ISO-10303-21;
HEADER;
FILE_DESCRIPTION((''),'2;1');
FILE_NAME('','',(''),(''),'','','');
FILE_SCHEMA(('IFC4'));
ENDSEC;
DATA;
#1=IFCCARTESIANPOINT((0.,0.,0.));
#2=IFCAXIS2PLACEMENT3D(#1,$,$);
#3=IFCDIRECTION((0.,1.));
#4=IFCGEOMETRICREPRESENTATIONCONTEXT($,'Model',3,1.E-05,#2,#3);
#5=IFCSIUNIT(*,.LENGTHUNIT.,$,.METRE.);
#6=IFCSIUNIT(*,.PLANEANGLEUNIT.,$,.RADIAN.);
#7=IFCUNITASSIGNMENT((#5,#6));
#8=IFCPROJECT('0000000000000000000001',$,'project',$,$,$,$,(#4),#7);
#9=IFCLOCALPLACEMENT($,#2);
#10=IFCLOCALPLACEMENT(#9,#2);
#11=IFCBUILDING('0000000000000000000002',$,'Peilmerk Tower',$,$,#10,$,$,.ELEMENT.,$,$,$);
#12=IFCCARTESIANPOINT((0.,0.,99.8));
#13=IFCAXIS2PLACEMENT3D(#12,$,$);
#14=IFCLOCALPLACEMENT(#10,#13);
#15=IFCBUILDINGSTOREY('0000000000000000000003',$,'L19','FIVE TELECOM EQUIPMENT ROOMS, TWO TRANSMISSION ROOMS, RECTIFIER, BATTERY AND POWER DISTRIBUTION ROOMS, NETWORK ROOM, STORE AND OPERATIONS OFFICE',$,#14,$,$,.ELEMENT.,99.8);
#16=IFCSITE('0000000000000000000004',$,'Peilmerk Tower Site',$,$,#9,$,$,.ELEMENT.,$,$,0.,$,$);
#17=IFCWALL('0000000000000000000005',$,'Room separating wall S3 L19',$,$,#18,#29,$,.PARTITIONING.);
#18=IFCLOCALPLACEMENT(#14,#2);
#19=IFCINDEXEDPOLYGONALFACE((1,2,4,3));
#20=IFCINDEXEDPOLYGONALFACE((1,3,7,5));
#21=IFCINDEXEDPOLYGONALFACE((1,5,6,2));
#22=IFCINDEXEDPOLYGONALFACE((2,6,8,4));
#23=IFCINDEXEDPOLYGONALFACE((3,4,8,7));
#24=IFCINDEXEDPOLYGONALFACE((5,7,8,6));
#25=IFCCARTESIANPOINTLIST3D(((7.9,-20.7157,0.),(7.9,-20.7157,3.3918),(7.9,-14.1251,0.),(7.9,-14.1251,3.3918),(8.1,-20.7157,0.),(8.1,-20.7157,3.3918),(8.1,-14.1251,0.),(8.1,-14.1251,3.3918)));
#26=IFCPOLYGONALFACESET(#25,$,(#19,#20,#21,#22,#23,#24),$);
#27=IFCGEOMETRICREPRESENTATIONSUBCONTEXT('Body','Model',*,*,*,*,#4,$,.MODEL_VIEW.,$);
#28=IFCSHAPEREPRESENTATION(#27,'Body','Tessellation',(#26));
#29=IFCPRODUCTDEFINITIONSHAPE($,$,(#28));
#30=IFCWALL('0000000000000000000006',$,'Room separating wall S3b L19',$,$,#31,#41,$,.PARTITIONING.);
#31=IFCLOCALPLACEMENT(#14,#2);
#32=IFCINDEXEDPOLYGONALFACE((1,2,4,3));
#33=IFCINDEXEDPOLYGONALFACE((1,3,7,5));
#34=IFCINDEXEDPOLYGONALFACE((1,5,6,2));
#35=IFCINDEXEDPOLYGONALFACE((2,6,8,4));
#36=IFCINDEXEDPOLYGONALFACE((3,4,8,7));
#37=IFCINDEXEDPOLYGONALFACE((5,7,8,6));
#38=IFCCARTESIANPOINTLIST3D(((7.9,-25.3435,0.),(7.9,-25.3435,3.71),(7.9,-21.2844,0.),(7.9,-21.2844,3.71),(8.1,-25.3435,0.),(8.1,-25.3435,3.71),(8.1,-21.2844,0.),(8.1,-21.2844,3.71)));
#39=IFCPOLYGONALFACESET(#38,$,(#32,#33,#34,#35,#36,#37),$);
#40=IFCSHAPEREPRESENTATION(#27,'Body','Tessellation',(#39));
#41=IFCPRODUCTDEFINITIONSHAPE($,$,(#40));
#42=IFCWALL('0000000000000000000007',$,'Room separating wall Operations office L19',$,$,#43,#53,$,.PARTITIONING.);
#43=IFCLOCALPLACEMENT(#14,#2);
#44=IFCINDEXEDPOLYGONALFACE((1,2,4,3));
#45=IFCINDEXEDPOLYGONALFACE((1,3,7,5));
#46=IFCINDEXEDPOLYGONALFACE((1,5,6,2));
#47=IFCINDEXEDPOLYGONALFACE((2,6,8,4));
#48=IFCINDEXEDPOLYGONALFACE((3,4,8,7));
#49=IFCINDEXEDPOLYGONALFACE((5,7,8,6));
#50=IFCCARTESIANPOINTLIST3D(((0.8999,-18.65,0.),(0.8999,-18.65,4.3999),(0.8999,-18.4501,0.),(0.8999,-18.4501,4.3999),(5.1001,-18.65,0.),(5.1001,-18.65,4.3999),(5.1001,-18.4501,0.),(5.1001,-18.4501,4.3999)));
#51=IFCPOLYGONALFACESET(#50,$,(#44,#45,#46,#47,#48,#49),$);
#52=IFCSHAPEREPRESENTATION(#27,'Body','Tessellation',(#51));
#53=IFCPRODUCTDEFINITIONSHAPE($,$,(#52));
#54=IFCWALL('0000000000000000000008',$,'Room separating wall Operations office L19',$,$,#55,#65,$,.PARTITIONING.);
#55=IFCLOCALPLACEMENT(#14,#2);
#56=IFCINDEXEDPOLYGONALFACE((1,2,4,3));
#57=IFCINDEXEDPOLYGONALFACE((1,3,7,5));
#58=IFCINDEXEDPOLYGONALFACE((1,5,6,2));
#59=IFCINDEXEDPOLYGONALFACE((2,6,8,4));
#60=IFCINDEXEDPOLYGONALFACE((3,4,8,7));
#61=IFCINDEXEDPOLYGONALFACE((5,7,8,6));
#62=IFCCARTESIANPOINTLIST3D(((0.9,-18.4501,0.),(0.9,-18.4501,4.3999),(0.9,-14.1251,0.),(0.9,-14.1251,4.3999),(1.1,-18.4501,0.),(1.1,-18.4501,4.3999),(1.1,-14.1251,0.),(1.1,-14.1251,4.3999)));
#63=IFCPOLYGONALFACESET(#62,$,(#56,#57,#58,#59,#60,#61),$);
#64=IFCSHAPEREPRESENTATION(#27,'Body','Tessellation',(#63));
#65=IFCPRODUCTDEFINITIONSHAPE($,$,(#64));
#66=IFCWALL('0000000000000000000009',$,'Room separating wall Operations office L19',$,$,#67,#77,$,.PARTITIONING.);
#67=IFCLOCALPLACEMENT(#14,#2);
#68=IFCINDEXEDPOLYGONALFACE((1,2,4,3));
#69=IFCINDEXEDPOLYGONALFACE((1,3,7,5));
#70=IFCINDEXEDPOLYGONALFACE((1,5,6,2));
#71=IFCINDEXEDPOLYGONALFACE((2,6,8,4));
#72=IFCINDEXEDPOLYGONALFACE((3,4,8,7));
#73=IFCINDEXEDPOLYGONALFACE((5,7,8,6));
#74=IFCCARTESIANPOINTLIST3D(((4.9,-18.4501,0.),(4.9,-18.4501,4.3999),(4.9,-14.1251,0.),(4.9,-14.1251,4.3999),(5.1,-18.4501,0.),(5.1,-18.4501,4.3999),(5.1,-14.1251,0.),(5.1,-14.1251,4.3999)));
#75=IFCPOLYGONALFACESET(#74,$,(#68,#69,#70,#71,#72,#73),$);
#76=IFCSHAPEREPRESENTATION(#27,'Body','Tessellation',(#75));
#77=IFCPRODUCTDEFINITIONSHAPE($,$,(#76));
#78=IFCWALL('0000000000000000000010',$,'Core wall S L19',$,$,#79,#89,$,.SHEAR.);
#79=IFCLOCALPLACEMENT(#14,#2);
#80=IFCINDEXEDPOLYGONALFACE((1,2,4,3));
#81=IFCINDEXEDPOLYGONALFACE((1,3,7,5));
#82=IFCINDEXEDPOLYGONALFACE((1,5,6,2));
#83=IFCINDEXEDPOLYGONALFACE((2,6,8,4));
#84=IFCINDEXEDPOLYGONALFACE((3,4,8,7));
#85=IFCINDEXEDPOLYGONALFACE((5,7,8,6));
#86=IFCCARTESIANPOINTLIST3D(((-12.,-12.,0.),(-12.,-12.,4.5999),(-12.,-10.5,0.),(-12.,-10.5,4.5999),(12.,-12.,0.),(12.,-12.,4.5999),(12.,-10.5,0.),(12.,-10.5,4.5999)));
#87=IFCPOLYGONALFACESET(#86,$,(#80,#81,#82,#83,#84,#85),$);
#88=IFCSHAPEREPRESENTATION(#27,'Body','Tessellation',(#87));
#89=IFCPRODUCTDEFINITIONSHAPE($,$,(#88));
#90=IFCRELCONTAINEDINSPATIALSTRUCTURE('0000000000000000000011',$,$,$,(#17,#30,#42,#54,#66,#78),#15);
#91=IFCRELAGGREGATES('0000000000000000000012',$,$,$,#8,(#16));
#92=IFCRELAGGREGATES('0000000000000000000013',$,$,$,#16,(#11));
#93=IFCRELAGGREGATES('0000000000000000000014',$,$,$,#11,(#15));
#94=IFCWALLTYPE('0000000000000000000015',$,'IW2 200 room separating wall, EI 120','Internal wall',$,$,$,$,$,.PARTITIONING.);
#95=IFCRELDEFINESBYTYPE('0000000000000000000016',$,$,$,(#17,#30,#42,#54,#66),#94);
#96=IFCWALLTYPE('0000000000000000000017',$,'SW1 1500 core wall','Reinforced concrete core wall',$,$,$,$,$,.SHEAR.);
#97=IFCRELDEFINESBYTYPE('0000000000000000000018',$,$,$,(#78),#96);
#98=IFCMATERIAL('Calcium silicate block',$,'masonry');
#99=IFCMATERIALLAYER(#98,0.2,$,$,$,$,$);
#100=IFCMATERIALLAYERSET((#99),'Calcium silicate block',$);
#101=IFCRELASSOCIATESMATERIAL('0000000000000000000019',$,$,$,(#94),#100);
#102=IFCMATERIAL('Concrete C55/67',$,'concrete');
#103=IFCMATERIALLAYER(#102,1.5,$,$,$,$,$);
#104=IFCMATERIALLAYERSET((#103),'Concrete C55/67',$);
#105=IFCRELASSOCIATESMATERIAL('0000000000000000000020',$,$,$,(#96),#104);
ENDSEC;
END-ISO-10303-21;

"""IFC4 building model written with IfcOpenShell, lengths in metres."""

from ifc_helpers import new_model, si_unit, direction, frame, frame_2d, origin, place, context, subcontext, project, spatial, rectangle, extrude, material, layer, layer_set, type_object, element, save


model = new_model("IFC4")

# Units and contexts
model_context = context("Model", 3, precision=1e-05, world=origin(), true_north=direction((0.0, 1.0)))
body_context = subcontext(model_context, "Body", "Model", "MODEL_VIEW")
ifc_project = project(units=[si_unit("LENGTHUNIT", "METRE"), si_unit("PLANEANGLEUNIT", "RADIAN")], contexts=[model_context])

# Site, building, storey
site_placement = place(None, origin())
site = spatial("IfcSite", under=ifc_project, at=site_placement, Name="Peilmerk Tower Site", CompositionType="ELEMENT", RefElevation=0.0)
building_placement = place(site_placement, origin())
building = spatial("IfcBuilding", under=site, at=building_placement, Name="Peilmerk Tower", CompositionType="ELEMENT")
storey_placement = place(building_placement, frame((0.0, 0.0, 99.8)))
storey = spatial("IfcBuildingStorey", under=building, at=storey_placement, Name="L19", Description="FIVE TELECOM EQUIPMENT ROOMS, TWO TRANSMISSION ROOMS, RECTIFIER, BATTERY AND POWER DISTRIBUTION ROOMS, NETWORK ROOM, STORE AND OPERATIONS OFFICE", CompositionType="ELEMENT", Elevation=99.8)

# Walls
ifc_material_1 = material(Name="Calcium silicate block", Category="masonry")
ifc_layer_1 = layer(ifc_material_1, 0.2)
ifc_layer_set_1 = layer_set([ifc_layer_1], Name="Calcium silicate block")
wall_type_1 = type_object("IfcWallType", Name="IW2 200 room separating wall, EI 120", Description="Internal wall", PredefinedType="PARTITIONING", material=ifc_layer_set_1)
wall_1_placement = place(storey_placement, frame((8.0, -14.125, 0.0), z_axis=(0.0, 0.0, 1.0), x_axis=(0.0, -1.0, 0.0)))
element("IfcWall", 1, at=wall_1_placement, inside=storey, type_object=wall_type_1, Name="Room separating wall S3 L19", PredefinedType="PARTITIONING", context=body_context, shape_type="SweptSolid", body=[
    extrude(rectangle(XDim=6.5906, YDim=0.2, at=frame_2d((3.2954, 0.0))), origin(), (0.0, 0.0, 1.0), 3.3918),
])
wall_2_placement = place(storey_placement, frame((8.0, -21.2844, 0.0), z_axis=(0.0, 0.0, 1.0), x_axis=(0.0, -1.0, 0.0)))
element("IfcWall", 2, at=wall_2_placement, inside=storey, type_object=wall_type_1, Name="Room separating wall S3b L19", PredefinedType="PARTITIONING", context=body_context, shape_type="SweptSolid", body=[
    extrude(rectangle(XDim=4.0591, YDim=0.2, at=frame_2d((2.0295, 0.0))), origin(), (0.0, 0.0, 1.0), 3.71),
])
wall_3_placement = place(storey_placement, frame((0.8999, -18.55, 0.0), z_axis=(0.0, 0.0, 1.0), x_axis=(1.0, 0.0, 0.0)))
element("IfcWall", 3, at=wall_3_placement, inside=storey, type_object=wall_type_1, Name="Room separating wall Operations office L19", PredefinedType="PARTITIONING", context=body_context, shape_type="SweptSolid", body=[
    extrude(rectangle(XDim=4.2002, YDim=0.2, at=frame_2d((2.1001, 0.0))), origin(), (0.0, 0.0, 1.0), 4.3999),
])
for number, where, z_axis, x_axis, name in (
    (4, (1.0, -14.125, 0.0), (0.0, 0.0, 1.0), (0.0, -1.0, 0.0), "Room separating wall Operations office L19"),
    (5, (5.0, -14.125, 0.0), (0.0, 0.0, 1.0), (0.0, -1.0, 0.0), "Room separating wall Operations office L19"),
):
    element("IfcWall", number, at=place(storey_placement, frame(where, z_axis=z_axis, x_axis=x_axis)), inside=storey, type_object=wall_type_1, Name=name, PredefinedType="PARTITIONING", context=body_context, shape_type="SweptSolid", body=[
        extrude(rectangle(XDim=4.325, YDim=0.2, at=frame_2d((2.1626, 0.0))), origin(), (0.0, 0.0, 1.0), 4.3999),
    ])
ifc_material_2 = material(Name="Concrete C55/67", Category="concrete")
ifc_layer_2 = layer(ifc_material_2, 1.5)
ifc_layer_set_2 = layer_set([ifc_layer_2], Name="Concrete C55/67")
wall_type_2 = type_object("IfcWallType", Name="SW1 1500 core wall", Description="Reinforced concrete core wall", PredefinedType="SHEAR", material=ifc_layer_set_2)
wall_4_placement = place(storey_placement, frame((12.0, -11.25, 0.0), z_axis=(0.0, 0.0, 1.0), x_axis=(-1.0, 0.0, 0.0)))
element("IfcWall", 6, at=wall_4_placement, inside=storey, type_object=wall_type_2, Name="Core wall S L19", PredefinedType="SHEAR", context=body_context, shape_type="SweptSolid", body=[
    extrude(rectangle(XDim=24.0, YDim=1.5, at=frame_2d((12.0, 0.0))), origin(), (0.0, 0.0, 1.0), 4.5999),
])

save(model, "model.ifc")
